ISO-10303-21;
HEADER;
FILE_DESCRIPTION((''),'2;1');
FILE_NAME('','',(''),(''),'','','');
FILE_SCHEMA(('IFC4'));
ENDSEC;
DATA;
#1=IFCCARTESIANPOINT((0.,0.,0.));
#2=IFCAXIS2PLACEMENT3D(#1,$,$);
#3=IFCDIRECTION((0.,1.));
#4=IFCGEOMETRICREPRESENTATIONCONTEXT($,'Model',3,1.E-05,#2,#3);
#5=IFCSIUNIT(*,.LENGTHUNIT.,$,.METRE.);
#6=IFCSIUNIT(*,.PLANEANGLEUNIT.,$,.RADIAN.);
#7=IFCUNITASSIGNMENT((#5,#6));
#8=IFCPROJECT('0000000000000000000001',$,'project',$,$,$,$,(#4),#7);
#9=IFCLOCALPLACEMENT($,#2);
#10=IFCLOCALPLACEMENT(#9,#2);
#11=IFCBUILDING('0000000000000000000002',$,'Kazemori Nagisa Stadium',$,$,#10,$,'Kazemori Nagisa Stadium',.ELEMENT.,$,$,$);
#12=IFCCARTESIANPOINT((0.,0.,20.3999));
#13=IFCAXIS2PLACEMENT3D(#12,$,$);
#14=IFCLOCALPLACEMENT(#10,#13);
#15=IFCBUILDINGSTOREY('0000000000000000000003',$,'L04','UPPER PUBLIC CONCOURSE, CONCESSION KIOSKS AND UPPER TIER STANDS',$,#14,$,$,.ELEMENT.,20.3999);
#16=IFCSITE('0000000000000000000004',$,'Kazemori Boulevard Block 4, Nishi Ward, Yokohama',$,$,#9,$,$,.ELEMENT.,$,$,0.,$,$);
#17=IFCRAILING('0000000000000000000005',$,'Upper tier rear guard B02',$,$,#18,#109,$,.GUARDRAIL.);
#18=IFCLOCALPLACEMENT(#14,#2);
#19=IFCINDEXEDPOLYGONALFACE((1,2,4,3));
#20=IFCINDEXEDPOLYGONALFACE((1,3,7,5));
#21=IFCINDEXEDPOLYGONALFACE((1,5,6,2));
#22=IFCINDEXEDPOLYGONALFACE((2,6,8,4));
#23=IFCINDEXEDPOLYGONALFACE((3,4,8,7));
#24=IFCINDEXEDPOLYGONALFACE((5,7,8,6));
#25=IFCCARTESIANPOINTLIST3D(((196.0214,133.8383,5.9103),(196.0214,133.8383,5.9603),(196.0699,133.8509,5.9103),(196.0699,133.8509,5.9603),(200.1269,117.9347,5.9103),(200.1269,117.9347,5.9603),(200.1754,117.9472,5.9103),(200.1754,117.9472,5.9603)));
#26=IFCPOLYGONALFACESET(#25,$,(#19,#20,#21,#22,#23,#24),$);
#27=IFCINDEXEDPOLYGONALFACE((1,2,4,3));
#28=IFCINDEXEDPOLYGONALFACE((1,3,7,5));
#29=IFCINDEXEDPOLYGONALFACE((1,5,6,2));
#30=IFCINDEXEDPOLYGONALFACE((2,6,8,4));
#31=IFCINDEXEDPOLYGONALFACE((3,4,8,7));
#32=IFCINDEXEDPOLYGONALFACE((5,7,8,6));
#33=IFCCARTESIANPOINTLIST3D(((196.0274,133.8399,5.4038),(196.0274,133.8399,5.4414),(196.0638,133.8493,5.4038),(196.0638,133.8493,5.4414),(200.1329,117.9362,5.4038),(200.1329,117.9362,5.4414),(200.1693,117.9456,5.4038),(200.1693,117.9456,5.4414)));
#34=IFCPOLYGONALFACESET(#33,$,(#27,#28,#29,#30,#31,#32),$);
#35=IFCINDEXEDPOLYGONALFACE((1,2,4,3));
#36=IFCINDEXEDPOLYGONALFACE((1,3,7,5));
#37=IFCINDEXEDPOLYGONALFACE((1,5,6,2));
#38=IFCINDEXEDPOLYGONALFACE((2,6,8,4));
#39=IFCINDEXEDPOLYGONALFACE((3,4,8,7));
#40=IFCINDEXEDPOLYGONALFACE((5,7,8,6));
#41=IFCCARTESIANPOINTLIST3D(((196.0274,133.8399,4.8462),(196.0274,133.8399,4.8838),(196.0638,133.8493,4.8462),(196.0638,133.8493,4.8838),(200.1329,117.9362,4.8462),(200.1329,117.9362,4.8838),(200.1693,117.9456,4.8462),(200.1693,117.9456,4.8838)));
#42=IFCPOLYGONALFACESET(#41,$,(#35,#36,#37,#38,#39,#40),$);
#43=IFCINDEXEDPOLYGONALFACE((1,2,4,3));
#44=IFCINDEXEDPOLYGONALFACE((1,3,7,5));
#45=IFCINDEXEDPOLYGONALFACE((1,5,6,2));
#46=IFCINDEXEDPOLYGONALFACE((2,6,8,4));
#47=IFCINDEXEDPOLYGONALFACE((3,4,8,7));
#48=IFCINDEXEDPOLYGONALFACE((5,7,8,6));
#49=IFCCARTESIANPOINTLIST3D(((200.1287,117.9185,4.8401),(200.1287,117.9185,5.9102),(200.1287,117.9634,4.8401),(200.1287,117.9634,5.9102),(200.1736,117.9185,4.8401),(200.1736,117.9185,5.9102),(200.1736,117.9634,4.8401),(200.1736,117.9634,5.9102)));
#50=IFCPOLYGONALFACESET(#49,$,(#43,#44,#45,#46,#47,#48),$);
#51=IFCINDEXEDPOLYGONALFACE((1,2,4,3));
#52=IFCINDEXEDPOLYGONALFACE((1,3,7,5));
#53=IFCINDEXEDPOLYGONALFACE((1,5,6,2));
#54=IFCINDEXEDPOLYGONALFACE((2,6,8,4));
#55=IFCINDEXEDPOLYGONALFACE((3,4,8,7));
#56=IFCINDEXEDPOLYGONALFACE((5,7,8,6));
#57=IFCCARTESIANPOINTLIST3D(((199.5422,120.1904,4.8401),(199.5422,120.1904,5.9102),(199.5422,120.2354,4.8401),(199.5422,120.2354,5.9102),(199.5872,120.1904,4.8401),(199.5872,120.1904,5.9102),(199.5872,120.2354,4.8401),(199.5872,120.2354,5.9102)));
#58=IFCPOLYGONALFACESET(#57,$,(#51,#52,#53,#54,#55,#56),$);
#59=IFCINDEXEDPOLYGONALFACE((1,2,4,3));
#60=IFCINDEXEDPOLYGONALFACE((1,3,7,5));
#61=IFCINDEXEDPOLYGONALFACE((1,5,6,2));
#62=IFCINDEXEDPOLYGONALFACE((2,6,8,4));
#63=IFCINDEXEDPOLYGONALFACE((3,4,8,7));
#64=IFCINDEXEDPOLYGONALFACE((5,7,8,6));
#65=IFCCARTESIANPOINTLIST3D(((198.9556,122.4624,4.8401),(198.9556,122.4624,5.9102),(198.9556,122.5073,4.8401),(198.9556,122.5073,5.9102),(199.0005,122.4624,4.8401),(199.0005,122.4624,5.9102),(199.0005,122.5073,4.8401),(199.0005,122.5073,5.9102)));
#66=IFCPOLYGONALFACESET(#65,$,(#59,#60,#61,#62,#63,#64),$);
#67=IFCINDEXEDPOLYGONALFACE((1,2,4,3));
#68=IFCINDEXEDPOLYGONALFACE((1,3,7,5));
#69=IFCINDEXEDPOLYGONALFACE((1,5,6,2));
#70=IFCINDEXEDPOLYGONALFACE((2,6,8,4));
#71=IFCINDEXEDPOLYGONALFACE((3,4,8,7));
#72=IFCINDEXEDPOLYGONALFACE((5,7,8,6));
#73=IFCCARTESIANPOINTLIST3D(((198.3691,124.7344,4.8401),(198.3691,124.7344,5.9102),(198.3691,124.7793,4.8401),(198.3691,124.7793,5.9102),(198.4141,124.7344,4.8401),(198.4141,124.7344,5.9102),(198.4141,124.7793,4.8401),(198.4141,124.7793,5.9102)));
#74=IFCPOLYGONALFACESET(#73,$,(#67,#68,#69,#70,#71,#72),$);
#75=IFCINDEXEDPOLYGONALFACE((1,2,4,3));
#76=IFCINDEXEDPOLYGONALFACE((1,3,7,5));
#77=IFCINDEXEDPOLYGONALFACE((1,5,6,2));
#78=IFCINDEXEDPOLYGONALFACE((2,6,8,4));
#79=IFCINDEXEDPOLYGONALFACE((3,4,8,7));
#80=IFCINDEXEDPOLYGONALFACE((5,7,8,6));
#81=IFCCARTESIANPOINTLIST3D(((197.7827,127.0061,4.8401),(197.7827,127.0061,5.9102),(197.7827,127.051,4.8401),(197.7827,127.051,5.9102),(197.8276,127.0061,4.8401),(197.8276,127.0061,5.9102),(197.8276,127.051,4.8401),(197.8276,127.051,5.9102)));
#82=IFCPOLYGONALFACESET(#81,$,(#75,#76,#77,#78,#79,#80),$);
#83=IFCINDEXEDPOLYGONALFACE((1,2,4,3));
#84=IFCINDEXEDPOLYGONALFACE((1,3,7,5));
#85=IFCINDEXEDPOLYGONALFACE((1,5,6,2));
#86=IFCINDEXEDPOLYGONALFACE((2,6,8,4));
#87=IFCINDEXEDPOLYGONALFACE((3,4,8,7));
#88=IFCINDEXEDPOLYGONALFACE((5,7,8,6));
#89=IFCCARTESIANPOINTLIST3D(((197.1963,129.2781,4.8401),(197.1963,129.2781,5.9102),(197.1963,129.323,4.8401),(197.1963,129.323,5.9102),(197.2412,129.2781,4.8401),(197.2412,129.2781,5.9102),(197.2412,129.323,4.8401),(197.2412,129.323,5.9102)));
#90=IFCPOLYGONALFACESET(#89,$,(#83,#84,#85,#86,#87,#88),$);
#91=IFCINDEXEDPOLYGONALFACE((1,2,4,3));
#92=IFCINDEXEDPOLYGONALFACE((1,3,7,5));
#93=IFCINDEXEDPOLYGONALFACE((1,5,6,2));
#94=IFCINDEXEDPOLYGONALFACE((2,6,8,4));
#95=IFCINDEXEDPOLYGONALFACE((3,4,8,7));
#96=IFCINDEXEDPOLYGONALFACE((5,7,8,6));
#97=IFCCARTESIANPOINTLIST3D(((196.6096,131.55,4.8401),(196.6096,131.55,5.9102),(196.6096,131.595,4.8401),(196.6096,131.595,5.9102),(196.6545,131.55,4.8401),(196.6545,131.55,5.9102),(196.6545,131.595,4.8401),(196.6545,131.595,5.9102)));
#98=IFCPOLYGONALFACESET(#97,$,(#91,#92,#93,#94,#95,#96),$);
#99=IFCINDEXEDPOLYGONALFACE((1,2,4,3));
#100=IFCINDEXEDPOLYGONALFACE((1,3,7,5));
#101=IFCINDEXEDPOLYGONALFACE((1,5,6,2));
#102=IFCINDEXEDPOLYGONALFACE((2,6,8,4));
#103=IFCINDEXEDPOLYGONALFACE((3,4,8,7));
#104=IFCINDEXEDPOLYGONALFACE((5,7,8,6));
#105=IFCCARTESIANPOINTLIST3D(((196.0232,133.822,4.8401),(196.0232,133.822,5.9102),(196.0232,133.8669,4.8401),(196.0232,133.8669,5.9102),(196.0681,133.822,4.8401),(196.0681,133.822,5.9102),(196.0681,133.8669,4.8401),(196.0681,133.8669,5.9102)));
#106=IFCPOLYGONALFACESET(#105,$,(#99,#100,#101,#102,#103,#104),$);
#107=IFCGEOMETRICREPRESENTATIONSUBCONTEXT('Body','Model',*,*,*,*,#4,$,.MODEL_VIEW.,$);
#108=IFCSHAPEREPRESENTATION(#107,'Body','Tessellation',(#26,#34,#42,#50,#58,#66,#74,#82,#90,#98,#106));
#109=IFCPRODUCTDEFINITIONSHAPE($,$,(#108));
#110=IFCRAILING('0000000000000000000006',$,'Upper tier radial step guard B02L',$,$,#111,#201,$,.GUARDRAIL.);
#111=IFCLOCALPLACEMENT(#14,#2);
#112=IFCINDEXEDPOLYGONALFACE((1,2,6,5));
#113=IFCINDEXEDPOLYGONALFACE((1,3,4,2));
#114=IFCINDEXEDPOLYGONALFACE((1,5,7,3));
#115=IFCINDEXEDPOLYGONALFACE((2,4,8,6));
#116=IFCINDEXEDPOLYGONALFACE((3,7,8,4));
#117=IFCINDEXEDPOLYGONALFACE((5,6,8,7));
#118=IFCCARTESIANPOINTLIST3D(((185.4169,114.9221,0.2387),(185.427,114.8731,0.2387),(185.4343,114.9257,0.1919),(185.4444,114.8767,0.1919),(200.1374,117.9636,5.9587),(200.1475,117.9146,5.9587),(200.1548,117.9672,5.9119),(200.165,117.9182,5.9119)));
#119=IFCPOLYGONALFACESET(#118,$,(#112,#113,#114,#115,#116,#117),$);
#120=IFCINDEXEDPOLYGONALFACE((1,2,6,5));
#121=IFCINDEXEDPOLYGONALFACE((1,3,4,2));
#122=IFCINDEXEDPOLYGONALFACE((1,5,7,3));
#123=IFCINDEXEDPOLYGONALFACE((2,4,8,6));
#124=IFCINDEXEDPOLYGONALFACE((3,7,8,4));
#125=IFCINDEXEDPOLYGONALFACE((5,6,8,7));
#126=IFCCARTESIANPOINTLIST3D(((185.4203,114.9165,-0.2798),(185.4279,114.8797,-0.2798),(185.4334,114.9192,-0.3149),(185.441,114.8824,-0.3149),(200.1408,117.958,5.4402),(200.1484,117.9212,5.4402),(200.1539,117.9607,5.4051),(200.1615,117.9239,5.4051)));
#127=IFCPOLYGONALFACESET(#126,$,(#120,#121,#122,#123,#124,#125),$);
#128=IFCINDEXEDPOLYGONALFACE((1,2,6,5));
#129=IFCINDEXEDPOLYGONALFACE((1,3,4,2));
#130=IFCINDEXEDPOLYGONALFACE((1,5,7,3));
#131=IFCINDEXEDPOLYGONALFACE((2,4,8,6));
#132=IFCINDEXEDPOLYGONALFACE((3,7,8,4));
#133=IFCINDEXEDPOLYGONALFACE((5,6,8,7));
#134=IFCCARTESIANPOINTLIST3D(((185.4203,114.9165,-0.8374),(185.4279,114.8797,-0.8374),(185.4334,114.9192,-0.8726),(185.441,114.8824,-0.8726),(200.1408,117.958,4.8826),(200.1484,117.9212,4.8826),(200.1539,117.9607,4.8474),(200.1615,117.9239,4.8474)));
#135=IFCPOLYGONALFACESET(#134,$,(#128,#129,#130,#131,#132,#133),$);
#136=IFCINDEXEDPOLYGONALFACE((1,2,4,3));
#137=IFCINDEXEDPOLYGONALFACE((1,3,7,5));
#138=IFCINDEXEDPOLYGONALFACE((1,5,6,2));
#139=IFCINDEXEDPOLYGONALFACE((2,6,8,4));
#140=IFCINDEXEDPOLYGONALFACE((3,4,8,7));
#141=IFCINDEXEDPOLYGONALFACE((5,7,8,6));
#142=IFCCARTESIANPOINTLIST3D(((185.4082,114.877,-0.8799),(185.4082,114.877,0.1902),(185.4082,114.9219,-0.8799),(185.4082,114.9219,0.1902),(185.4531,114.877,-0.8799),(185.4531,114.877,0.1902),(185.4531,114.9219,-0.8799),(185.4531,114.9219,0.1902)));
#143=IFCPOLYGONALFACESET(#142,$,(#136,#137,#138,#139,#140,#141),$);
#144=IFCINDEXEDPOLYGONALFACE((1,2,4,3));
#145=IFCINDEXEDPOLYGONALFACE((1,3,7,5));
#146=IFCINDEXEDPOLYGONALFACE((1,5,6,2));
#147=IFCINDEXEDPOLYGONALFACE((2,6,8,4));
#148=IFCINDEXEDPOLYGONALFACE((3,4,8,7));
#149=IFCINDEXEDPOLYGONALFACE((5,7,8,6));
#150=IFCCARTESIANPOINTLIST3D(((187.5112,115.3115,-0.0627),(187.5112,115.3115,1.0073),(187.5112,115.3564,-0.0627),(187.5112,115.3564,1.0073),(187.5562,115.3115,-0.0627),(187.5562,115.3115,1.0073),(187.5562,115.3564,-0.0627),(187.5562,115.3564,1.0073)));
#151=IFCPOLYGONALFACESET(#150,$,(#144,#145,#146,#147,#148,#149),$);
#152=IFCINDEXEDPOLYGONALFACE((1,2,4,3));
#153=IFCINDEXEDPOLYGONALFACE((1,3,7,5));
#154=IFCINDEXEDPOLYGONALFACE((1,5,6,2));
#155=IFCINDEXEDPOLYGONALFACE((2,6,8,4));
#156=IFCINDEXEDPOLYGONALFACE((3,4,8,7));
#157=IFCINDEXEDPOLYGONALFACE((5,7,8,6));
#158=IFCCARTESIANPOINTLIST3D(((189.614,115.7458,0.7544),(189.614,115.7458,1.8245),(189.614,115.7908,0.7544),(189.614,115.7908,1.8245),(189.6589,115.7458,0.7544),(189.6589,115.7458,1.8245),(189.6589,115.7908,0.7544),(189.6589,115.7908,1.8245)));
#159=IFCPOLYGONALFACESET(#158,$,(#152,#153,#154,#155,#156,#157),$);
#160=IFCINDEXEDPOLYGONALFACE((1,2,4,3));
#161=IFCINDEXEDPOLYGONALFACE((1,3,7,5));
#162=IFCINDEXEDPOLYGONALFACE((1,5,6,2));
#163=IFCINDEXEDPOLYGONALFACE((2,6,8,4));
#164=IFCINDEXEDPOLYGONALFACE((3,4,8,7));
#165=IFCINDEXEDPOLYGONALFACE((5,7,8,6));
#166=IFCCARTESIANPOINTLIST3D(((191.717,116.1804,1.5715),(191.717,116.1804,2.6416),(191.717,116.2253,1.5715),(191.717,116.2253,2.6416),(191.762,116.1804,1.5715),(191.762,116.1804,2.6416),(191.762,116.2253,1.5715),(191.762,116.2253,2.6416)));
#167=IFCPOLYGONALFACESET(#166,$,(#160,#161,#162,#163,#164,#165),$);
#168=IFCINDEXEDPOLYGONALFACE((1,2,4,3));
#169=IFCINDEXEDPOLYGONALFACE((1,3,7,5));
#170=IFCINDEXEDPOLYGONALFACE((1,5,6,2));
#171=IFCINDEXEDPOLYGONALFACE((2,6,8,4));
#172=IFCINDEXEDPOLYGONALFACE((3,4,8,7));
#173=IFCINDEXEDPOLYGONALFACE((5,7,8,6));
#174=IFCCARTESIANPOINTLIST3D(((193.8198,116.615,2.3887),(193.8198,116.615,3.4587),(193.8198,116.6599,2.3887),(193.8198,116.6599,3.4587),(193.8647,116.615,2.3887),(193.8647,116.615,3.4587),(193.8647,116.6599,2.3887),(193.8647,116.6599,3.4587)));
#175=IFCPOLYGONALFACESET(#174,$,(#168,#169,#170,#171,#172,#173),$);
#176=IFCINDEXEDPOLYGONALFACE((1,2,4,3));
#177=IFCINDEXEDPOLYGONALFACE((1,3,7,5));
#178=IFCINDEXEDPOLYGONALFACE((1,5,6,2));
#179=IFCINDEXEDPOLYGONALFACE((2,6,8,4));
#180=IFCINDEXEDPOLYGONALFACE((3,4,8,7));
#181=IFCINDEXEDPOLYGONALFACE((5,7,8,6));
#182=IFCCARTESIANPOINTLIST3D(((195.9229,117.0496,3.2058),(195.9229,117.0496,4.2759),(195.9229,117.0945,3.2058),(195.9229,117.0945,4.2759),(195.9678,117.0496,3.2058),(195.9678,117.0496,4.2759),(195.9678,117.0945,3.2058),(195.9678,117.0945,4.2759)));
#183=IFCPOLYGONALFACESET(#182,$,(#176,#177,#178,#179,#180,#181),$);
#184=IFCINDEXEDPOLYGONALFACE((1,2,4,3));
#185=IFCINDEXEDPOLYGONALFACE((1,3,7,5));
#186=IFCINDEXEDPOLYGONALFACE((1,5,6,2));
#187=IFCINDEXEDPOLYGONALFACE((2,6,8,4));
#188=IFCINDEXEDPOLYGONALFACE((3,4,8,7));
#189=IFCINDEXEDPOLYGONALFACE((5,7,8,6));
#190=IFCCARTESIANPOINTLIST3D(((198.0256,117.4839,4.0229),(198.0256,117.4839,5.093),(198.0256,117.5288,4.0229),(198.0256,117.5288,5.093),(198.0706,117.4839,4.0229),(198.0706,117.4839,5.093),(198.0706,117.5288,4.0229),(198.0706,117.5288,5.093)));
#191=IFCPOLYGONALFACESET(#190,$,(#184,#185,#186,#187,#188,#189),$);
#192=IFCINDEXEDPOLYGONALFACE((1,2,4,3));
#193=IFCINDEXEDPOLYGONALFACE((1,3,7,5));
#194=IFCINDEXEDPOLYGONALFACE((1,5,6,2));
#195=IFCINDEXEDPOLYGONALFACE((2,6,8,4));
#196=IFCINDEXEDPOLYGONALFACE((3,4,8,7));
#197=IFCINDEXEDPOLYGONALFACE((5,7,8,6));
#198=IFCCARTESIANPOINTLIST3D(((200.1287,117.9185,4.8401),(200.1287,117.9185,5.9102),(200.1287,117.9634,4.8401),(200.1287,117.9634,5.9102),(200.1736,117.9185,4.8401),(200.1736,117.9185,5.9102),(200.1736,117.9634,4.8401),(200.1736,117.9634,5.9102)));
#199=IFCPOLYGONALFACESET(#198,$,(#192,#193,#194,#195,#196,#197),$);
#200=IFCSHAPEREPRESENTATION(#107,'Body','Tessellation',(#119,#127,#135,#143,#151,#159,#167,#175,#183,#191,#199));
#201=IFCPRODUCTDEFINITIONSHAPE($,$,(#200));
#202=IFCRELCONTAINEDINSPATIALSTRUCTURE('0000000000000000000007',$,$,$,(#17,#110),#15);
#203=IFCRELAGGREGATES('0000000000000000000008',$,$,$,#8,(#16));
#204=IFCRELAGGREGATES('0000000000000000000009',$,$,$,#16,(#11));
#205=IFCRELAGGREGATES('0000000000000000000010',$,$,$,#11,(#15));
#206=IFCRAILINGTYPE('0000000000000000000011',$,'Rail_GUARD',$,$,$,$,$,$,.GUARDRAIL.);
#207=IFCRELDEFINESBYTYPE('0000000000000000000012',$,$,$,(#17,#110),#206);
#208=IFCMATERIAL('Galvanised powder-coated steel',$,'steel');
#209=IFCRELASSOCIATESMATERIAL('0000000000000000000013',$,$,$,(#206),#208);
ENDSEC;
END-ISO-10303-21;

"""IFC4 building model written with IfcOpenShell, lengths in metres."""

from ifc_helpers import new_model, si_unit, direction, frame, origin, origin_2d, place, context, subcontext, project, spatial, rectangle, extrude, material, type_object, element, save


model = new_model("IFC4")

# Units and contexts
model_context = context("Model", 3, precision=1e-05, world=origin(), true_north=direction((0.0, 1.0)))
body_context = subcontext(model_context, "Body", "Model", "MODEL_VIEW")
ifc_project = project(units=[si_unit("LENGTHUNIT", "METRE"), si_unit("PLANEANGLEUNIT", "RADIAN")], contexts=[model_context])

# Site, building, storey
site_placement = place(None, origin())
site = spatial("IfcSite", under=ifc_project, at=site_placement, Name="Kazemori Boulevard Block 4, Nishi Ward, Yokohama", CompositionType="ELEMENT", RefElevation=0.0)
building_placement = place(site_placement, origin())
building = spatial("IfcBuilding", under=site, at=building_placement, Name="Kazemori Nagisa Stadium", LongName="Kazemori Nagisa Stadium", CompositionType="ELEMENT")
storey_placement = place(building_placement, frame((0.0, 0.0, 20.3999)))
storey = spatial("IfcBuildingStorey", under=building, at=storey_placement, Name="L04", Description="UPPER PUBLIC CONCOURSE, CONCESSION KIOSKS AND UPPER TIER STANDS", CompositionType="ELEMENT", Elevation=20.3999)

# Railings
ifc_material_1 = material(Name="Galvanised powder-coated steel", Category="steel")
railing_type_1 = type_object("IfcRailingType", Name="Rail_GUARD", PredefinedType="GUARDRAIL", material=ifc_material_1)
railing_1_placement = place(storey_placement, frame((200.1511, 117.9409, 4.8401)))
element("IfcRailing", 1, at=railing_1_placement, inside=storey, type_object=railing_type_1, Name="Upper tier rear guard B02", PredefinedType="GUARDRAIL", context=body_context, shape_type="SweptSolid", body=[
    extrude(rectangle(XDim=0.05, YDim=0.05, at=origin_2d()), frame((0.0, 0.0, 1.0952), z_axis=(-0.249954, 0.968258, 0.0), x_axis=(-0.968258, -0.249954, 0.0)), (0.0, 0.0, 1.0), 16.425),
    extrude(rectangle(XDim=0.0376, YDim=0.0376, at=origin_2d()), frame((0.0, 0.0, 0.5825), z_axis=(-0.249954, 0.968258, 0.0), x_axis=(-0.968258, -0.249954, 0.0)), (0.0, 0.0, 1.0), 16.425),
    extrude(rectangle(XDim=0.0376, YDim=0.0376, at=origin_2d()), frame((0.0, 0.0, 0.0249), z_axis=(-0.249954, 0.968258, 0.0), x_axis=(-0.968258, -0.249954, 0.0)), (0.0, 0.0, 1.0), 16.425),
    extrude(rectangle(XDim=0.0449, YDim=0.0449, at=origin_2d()), origin(), (0.0, 0.0, 1.0), 1.0701),
    extrude(rectangle(XDim=0.0449, YDim=0.0449, at=origin_2d()), frame((-0.5864, 2.272, 0.0)), (0.0, 0.0, 1.0), 1.0701),
    extrude(rectangle(XDim=0.0449, YDim=0.0449, at=origin_2d()), frame((-1.1731, 4.5439, 0.0)), (0.0, 0.0, 1.0), 1.0701),
    extrude(rectangle(XDim=0.0449, YDim=0.0449, at=origin_2d()), frame((-1.7595, 6.8159, 0.0)), (0.0, 0.0, 1.0), 1.0701),
    extrude(rectangle(XDim=0.0449, YDim=0.0449, at=origin_2d()), frame((-2.3459, 9.0876, 0.0)), (0.0, 0.0, 1.0), 1.0701),
    extrude(rectangle(XDim=0.0449, YDim=0.0449, at=origin_2d()), frame((-2.9324, 11.3596, 0.0)), (0.0, 0.0, 1.0), 1.0701),
    extrude(rectangle(XDim=0.0449, YDim=0.0449, at=origin_2d()), frame((-3.519, 13.6316, 0.0)), (0.0, 0.0, 1.0), 1.0701),
    extrude(rectangle(XDim=0.0449, YDim=0.0449, at=origin_2d()), frame((-4.1055, 15.9036, 0.0)), (0.0, 0.0, 1.0), 1.0701),
])
railing_2_placement = place(storey_placement, frame((185.4307, 114.8994, -0.8799)))
element("IfcRailing", 2, at=railing_2_placement, inside=storey, type_object=railing_type_1, Name="Upper tier radial step guard B02L", PredefinedType="GUARDRAIL", context=body_context, shape_type="SweptSolid", body=[
    extrude(rectangle(XDim=0.05, YDim=0.05, at=origin_2d()), frame((0.0, 0.0, 1.0952), z_axis=(0.915284, 0.189114, 0.355655), x_axis=(-0.202344, 0.979315, 0.0)), (0.0, 0.0, 1.0), 16.083),
    extrude(rectangle(XDim=0.0376, YDim=0.0376, at=origin_2d()), frame((0.0, 0.0, 0.5825), z_axis=(0.915284, 0.189114, 0.355655), x_axis=(-0.202344, 0.979315, 0.0)), (0.0, 0.0, 1.0), 16.083),
    extrude(rectangle(XDim=0.0376, YDim=0.0376, at=origin_2d()), frame((0.0, 0.0, 0.0249), z_axis=(0.915284, 0.189114, 0.355655), x_axis=(-0.202344, 0.979315, 0.0)), (0.0, 0.0, 1.0), 16.083),
    extrude(rectangle(XDim=0.0449, YDim=0.0449, at=origin_2d()), origin(), (0.0, 0.0, 1.0), 1.0701),
    extrude(rectangle(XDim=0.0449, YDim=0.0449, at=origin_2d()), frame((2.103, 0.4346, 0.8171)), (0.0, 0.0, 1.0), 1.0701),
    extrude(rectangle(XDim=0.0449, YDim=0.0449, at=origin_2d()), frame((4.2058, 0.8689, 1.6343)), (0.0, 0.0, 1.0), 1.0701),
    extrude(rectangle(XDim=0.0449, YDim=0.0449, at=origin_2d()), frame((6.3088, 1.3035, 2.4514)), (0.0, 0.0, 1.0), 1.0701),
    extrude(rectangle(XDim=0.0449, YDim=0.0449, at=origin_2d()), frame((8.4116, 1.738, 3.2686)), (0.0, 0.0, 1.0), 1.0701),
    extrude(rectangle(XDim=0.0449, YDim=0.0449, at=origin_2d()), frame((10.5146, 2.1726, 4.0857)), (0.0, 0.0, 1.0), 1.0701),
    extrude(rectangle(XDim=0.0449, YDim=0.0449, at=origin_2d()), frame((12.6174, 2.6069, 4.9028)), (0.0, 0.0, 1.0), 1.0701),
    extrude(rectangle(XDim=0.0449, YDim=0.0449, at=origin_2d()), frame((14.7205, 3.0415, 5.72)), (0.0, 0.0, 1.0), 1.0701),
])

save(model, "model.ifc")
